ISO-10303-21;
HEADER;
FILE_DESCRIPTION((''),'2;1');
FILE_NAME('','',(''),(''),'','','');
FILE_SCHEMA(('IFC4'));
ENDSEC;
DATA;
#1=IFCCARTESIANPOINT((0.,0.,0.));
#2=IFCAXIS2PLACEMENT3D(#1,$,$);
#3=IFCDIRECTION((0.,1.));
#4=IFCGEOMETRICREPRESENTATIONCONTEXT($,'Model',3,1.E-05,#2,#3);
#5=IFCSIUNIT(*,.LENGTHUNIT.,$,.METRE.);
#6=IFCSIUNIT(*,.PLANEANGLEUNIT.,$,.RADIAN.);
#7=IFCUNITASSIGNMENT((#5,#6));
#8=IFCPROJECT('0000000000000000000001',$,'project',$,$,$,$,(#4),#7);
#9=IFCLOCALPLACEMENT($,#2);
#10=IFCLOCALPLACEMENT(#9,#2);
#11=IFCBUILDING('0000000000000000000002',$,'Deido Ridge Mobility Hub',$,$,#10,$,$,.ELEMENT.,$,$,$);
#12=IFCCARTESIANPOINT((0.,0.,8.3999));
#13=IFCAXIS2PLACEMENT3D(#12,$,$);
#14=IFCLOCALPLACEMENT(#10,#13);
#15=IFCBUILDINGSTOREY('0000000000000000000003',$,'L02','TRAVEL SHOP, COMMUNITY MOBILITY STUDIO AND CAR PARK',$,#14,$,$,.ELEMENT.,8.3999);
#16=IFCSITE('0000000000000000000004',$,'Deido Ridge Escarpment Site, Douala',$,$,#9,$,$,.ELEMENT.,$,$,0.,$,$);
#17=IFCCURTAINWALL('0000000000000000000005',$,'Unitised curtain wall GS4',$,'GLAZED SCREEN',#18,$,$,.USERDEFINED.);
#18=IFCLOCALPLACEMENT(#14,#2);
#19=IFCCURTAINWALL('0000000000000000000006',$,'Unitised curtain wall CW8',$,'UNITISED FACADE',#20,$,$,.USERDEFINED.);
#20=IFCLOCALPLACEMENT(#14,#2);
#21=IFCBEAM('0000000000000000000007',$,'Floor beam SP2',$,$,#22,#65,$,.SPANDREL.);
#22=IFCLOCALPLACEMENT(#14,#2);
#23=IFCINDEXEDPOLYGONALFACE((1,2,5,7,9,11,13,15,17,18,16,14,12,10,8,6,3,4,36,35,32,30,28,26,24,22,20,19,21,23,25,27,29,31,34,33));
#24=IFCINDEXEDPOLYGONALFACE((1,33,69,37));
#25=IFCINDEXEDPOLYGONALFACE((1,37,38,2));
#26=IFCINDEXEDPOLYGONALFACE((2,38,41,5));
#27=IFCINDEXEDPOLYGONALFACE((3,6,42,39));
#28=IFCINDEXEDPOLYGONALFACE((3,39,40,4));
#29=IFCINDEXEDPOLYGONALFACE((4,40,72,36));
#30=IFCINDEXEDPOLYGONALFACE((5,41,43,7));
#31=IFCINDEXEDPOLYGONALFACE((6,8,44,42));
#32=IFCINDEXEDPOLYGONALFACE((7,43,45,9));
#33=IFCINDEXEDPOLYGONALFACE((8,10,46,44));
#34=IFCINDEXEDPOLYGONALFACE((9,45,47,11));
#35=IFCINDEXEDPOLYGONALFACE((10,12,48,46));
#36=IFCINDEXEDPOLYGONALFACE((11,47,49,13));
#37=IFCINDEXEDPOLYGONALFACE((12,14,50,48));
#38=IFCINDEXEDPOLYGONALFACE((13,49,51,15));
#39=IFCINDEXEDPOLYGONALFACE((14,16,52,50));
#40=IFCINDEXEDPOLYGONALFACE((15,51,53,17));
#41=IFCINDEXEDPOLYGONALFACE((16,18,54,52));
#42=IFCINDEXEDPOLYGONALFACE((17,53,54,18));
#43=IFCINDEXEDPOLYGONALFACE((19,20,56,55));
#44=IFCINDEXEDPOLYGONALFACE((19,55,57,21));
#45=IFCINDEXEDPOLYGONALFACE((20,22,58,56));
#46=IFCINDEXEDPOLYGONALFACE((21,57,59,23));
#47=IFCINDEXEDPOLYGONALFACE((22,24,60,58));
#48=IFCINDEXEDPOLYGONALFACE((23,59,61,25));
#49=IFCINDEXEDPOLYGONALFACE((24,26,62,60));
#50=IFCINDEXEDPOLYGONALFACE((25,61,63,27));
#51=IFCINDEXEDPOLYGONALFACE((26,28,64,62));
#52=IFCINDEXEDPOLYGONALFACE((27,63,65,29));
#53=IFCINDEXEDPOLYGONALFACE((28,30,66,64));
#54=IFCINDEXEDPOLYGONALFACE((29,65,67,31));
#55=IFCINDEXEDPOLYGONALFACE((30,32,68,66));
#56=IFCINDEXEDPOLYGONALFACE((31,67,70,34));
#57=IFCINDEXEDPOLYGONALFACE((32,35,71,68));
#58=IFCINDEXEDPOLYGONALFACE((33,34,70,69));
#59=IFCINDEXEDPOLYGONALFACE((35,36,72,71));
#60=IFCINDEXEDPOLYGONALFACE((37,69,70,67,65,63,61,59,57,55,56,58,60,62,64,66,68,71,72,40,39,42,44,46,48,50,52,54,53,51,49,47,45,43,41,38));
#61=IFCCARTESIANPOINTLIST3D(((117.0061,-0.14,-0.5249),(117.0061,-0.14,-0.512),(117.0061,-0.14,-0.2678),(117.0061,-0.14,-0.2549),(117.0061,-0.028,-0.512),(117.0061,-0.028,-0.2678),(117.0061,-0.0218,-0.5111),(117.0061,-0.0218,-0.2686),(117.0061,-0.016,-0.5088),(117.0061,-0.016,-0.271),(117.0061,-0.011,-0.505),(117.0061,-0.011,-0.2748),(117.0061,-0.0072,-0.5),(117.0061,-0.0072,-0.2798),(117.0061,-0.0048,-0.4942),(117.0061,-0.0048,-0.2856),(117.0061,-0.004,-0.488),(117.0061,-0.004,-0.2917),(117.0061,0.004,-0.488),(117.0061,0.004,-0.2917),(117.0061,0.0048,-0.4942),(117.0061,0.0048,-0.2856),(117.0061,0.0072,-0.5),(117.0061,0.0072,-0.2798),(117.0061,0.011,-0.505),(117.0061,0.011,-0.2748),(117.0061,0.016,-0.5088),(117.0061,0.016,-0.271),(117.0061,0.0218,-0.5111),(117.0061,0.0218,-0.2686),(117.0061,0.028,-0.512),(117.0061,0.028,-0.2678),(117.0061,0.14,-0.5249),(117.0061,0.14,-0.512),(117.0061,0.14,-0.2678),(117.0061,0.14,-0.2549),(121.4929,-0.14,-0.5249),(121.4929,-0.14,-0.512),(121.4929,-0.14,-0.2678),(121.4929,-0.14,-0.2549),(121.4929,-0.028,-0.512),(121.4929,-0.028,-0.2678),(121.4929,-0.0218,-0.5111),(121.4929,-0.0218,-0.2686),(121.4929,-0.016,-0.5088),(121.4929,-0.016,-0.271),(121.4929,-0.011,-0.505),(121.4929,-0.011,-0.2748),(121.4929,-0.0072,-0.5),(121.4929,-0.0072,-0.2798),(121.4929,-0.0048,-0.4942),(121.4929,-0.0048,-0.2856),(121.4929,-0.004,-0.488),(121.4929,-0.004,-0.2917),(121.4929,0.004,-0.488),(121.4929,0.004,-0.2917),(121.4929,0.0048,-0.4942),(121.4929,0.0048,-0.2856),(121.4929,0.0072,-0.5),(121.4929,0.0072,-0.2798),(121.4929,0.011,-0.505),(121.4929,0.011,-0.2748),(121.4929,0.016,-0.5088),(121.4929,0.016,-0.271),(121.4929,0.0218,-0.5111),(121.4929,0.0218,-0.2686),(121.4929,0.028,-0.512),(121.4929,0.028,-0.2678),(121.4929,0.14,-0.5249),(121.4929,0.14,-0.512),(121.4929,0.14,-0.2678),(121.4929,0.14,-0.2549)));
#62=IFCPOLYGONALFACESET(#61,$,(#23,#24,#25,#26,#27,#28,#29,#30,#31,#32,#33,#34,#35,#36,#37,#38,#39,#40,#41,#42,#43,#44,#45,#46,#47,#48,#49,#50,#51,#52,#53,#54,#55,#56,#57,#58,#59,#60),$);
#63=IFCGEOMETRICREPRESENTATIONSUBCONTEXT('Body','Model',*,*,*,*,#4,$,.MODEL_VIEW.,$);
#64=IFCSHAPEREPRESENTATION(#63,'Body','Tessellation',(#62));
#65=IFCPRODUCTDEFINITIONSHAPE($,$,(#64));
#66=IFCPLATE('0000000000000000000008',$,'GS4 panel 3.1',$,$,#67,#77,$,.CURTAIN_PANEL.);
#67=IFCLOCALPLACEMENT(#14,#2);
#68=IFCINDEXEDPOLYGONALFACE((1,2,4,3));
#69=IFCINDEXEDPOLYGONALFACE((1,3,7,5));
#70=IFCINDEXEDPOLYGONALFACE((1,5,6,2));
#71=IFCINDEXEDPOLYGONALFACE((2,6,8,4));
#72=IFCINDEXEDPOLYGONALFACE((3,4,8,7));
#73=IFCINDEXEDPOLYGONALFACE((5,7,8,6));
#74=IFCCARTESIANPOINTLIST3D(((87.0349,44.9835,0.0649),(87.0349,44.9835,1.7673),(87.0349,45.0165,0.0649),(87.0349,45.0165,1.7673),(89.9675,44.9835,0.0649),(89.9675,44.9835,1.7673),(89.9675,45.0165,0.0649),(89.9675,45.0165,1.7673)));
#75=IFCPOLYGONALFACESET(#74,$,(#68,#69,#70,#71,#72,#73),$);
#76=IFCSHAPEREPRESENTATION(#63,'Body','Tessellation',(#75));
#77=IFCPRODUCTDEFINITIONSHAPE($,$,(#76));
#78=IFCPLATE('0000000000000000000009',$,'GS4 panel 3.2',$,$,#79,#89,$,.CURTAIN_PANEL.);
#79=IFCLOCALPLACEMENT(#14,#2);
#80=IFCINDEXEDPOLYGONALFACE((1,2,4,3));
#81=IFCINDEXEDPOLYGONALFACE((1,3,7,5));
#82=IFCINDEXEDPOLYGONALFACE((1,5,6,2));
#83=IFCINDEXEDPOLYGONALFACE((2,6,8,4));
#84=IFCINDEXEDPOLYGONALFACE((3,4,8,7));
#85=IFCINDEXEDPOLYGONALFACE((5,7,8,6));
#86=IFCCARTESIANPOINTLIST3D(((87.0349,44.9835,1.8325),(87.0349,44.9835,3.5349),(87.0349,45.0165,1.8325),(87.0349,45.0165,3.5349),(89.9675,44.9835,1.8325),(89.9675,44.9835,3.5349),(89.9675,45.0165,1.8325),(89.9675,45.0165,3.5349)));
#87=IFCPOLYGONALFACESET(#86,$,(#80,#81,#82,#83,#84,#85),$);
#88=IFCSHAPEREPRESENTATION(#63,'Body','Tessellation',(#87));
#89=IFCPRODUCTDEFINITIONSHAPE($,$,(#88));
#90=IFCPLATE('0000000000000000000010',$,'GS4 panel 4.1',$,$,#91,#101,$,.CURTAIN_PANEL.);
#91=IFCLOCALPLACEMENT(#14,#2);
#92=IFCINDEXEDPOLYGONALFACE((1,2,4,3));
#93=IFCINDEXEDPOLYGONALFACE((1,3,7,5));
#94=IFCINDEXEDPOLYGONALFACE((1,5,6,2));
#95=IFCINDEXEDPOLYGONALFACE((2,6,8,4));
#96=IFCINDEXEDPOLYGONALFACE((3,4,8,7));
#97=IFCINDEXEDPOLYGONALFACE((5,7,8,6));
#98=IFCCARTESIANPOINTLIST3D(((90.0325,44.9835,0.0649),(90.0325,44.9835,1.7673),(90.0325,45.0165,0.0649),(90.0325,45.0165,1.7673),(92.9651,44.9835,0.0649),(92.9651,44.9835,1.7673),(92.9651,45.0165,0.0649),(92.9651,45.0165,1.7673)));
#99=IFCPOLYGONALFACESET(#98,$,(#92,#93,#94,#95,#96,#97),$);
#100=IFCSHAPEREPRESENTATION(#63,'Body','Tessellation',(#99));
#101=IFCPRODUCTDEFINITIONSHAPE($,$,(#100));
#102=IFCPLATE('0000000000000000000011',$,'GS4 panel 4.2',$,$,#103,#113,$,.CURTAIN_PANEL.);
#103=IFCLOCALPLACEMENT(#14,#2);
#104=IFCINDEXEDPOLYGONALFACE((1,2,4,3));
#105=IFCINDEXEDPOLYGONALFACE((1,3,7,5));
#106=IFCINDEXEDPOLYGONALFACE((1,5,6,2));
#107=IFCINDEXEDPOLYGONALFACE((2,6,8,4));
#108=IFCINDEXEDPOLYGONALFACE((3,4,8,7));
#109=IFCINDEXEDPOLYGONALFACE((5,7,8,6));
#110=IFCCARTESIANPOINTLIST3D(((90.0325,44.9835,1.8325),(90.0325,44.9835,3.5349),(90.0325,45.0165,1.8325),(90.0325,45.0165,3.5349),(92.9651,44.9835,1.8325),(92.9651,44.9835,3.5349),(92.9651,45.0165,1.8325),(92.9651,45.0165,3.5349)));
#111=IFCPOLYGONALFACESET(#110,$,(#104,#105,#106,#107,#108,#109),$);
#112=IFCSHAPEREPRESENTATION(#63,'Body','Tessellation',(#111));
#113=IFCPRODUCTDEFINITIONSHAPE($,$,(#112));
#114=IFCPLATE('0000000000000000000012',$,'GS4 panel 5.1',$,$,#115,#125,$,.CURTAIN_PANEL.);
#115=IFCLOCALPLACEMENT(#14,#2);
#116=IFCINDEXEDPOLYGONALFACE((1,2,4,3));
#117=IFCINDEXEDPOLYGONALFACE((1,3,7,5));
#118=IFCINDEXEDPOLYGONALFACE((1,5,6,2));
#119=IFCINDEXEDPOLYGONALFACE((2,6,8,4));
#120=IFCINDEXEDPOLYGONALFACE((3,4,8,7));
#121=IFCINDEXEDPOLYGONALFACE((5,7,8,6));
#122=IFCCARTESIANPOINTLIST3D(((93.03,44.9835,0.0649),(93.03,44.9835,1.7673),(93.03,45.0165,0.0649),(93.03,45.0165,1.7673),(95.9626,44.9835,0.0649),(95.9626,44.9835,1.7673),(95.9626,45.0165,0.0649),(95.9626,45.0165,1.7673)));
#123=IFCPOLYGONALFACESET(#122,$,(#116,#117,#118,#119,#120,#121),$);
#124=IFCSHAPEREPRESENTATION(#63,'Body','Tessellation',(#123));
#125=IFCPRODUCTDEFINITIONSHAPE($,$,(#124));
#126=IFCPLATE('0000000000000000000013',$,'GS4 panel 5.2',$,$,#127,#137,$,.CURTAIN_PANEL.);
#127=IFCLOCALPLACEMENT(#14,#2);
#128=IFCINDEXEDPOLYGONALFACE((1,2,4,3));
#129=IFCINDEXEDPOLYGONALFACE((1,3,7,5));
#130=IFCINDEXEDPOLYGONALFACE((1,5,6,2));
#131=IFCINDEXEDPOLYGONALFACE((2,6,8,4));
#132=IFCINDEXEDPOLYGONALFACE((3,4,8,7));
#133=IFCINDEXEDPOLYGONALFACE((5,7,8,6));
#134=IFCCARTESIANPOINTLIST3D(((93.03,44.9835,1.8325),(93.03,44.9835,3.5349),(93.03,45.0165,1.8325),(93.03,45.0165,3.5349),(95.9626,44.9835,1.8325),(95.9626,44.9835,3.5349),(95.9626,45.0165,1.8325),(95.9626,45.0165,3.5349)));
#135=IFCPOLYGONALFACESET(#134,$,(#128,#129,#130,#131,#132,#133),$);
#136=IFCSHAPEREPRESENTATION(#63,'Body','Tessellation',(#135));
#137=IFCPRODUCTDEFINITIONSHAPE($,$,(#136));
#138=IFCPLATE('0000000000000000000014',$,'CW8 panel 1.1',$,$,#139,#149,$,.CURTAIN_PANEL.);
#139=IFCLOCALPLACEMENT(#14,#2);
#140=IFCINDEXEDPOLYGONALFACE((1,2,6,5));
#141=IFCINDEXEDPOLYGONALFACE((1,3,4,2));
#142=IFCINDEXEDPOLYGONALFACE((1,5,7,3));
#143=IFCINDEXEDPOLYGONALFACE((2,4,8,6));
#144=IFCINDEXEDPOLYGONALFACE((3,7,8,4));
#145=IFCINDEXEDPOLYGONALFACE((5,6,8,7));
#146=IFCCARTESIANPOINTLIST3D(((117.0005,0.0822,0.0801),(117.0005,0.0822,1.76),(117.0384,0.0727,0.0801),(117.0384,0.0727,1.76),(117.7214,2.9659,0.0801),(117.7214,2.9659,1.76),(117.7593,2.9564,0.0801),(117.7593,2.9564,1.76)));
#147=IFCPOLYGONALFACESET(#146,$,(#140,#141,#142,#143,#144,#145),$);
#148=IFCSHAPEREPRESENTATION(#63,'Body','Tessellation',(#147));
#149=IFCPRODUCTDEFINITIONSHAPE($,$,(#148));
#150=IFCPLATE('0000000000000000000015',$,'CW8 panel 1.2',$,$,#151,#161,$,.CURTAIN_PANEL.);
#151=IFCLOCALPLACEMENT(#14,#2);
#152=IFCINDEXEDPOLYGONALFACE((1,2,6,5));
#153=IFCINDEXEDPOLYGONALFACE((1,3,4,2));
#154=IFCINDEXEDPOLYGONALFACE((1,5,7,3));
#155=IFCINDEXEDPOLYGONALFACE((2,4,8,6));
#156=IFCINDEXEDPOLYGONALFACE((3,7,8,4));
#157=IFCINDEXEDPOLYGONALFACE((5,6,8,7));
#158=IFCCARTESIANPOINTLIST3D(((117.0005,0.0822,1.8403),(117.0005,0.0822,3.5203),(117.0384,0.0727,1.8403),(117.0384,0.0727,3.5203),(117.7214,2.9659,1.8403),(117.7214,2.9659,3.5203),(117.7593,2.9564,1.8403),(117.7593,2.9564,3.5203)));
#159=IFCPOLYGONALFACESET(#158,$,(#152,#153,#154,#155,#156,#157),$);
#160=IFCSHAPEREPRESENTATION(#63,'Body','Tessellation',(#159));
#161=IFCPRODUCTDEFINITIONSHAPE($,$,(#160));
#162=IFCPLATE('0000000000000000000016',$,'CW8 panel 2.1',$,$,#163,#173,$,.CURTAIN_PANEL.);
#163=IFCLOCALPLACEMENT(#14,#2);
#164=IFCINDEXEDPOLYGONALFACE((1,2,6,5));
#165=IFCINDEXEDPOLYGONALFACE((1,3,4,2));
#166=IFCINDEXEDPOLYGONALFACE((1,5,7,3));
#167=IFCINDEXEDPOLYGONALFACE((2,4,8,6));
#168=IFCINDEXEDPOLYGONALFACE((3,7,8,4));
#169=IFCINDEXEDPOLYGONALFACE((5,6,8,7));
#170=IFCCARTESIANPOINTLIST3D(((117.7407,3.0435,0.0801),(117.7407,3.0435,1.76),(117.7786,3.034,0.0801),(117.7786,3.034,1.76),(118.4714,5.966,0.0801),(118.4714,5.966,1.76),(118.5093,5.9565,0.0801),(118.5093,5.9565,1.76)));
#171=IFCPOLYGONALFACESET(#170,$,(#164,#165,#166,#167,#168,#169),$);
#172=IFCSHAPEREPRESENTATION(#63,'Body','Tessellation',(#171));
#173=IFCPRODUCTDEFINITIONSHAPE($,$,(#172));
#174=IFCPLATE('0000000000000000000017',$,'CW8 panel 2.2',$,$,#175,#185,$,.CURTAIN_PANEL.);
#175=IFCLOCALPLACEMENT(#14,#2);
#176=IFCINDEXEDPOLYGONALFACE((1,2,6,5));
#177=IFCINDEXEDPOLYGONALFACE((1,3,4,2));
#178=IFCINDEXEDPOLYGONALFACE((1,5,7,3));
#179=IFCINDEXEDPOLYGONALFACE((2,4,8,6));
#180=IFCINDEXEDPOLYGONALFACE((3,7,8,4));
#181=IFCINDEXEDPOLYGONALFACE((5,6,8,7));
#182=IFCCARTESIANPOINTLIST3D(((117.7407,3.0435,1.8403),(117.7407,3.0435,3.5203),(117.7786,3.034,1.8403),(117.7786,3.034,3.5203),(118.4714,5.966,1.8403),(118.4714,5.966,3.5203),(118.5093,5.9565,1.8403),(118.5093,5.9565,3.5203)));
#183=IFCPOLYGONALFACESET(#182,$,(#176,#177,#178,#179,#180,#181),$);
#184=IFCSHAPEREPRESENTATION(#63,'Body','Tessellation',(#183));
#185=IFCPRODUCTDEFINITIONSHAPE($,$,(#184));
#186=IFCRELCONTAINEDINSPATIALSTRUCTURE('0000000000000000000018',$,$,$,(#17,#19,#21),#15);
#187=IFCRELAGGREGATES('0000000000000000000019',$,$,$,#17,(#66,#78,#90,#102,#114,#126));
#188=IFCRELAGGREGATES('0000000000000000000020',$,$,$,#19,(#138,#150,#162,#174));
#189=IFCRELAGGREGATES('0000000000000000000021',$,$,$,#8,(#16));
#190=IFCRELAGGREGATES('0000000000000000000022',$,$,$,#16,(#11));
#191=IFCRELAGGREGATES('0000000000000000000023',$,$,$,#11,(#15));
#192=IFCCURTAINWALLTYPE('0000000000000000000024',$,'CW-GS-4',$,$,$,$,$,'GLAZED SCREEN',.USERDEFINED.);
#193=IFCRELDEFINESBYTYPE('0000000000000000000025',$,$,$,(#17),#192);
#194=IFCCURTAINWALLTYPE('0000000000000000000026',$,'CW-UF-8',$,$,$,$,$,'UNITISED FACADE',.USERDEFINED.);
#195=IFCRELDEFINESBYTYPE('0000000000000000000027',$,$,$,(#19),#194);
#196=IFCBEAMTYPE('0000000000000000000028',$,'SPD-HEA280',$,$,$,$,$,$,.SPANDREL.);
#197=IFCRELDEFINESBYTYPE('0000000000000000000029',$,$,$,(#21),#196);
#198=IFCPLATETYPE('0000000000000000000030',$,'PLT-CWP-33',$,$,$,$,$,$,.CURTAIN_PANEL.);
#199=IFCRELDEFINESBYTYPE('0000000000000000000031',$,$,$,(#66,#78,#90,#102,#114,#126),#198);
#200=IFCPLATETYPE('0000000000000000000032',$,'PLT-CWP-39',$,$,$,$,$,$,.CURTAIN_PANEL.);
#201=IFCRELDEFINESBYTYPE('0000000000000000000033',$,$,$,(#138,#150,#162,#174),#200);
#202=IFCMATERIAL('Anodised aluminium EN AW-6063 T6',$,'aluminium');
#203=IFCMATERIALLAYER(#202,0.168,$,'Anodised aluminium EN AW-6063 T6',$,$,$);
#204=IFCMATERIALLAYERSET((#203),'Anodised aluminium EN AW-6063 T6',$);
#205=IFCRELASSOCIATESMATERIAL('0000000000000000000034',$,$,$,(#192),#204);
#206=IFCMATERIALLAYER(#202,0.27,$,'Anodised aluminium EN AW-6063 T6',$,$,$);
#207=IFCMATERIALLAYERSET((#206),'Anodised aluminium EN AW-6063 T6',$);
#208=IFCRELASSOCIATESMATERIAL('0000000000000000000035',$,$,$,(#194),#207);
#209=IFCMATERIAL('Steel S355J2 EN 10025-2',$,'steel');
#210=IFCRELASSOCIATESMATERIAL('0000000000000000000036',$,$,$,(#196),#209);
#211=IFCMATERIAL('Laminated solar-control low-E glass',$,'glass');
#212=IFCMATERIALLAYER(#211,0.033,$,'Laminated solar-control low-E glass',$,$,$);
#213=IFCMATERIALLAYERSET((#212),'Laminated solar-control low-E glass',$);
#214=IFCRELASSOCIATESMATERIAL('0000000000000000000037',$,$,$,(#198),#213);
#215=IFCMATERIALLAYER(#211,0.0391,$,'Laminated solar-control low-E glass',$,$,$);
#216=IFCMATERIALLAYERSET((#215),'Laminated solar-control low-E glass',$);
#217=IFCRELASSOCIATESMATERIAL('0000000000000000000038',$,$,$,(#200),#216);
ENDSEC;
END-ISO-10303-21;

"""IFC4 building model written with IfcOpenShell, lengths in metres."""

from ifc_helpers import new_model, si_unit, direction, frame, origin, origin_2d, place, context, subcontext, project, spatial, rectangle, i_section, extrude, material, layer, layer_set, material_profile, profile_set, type_object, element, aggregate, save


model = new_model("IFC4")

# Units and contexts
model_context = context("Model", 3, precision=1e-05, world=origin(), true_north=direction((0.0, 1.0)))
body_context = subcontext(model_context, "Body", "Model", "MODEL_VIEW")
ifc_project = project(units=[si_unit("LENGTHUNIT", "METRE"), si_unit("PLANEANGLEUNIT", "RADIAN")], contexts=[model_context])

# Site, building, storey
site_placement = place(None, origin())
site = spatial("IfcSite", under=ifc_project, at=site_placement, Name="Deido Ridge Escarpment Site, Douala", CompositionType="ELEMENT", RefElevation=0.0)
building_placement = place(site_placement, origin())
building = spatial("IfcBuilding", under=site, at=building_placement, Name="Deido Ridge Mobility Hub", CompositionType="ELEMENT")
storey_placement = place(building_placement, frame((0.0, 0.0, 8.3999)))
storey = spatial("IfcBuildingStorey", under=building, at=storey_placement, Name="L02", Description="TRAVEL SHOP, COMMUNITY MOBILITY STUDIO AND CAR PARK", CompositionType="ELEMENT", Elevation=8.3999)

# Shared definitions
ifc_material_1 = material(Name="Steel S355J2 EN 10025-2", Category="steel")

# Curtain walls
ifc_material_2 = material(Name="Anodised aluminium EN AW-6063 T6", Category="aluminium")
ifc_layer_1 = layer(ifc_material_2, 0.168, Name="Anodised aluminium EN AW-6063 T6")
ifc_layer_set_1 = layer_set([ifc_layer_1], Name="Anodised aluminium EN AW-6063 T6")
curtain_wall_type_1 = type_object("IfcCurtainWallType", Name="CW-GS-4", ElementType="GLAZED SCREEN", PredefinedType="USERDEFINED", material=ifc_layer_set_1)
curtain_wall_1_placement = place(storey_placement, origin())
curtain_wall_1 = element("IfcCurtainWall", 1, at=curtain_wall_1_placement, inside=storey, type_object=curtain_wall_type_1, Name="Unitised curtain wall GS4", ObjectType="GLAZED SCREEN", PredefinedType="USERDEFINED")
ifc_layer_2 = layer(ifc_material_2, 0.27, Name="Anodised aluminium EN AW-6063 T6")
ifc_layer_set_2 = layer_set([ifc_layer_2], Name="Anodised aluminium EN AW-6063 T6")
curtain_wall_type_2 = type_object("IfcCurtainWallType", Name="CW-UF-8", ElementType="UNITISED FACADE", PredefinedType="USERDEFINED", material=ifc_layer_set_2)
curtain_wall_2_placement = place(storey_placement, origin())
curtain_wall_2 = element("IfcCurtainWall", 2, at=curtain_wall_2_placement, inside=storey, type_object=curtain_wall_type_2, Name="Unitised curtain wall CW8", ObjectType="UNITISED FACADE", PredefinedType="USERDEFINED")

# Beam
ifc_material_profile_1 = material_profile(ifc_material_1, i_section(OverallWidth=0.28, OverallDepth=0.27, WebThickness=0.0081, FlangeThickness=0.0129, FilletRadius=0.0239, at=origin_2d()), Name="HEA 280")
ifc_profile_set_1 = profile_set([ifc_material_profile_1], Name="Steel S355J2 EN 10025-2")
beam_type = type_object("IfcBeamType", Name="SPD-HEA280", PredefinedType="SPANDREL", material=ifc_profile_set_1)
beam_placement = place(storey_placement, frame((117.0061, 0.0, -0.3899), z_axis=(1.0, 0.0, 0.0), x_axis=(0.0, 1.0, 0.0)))
element("IfcBeam", 3, at=beam_placement, inside=storey, type_object=beam_type, Name="Floor beam SP2", PredefinedType="SPANDREL", context=body_context, shape_type="SweptSolid", body=[
    extrude(i_section(OverallWidth=0.28, OverallDepth=0.27, WebThickness=0.0081, FlangeThickness=0.0129, FilletRadius=0.0239, at=origin_2d()), origin(), (0.0, 0.0, 1.0), 4.4868),
])

# Plates
ifc_material_3 = material(Name="Laminated solar-control low-E glass", Category="glass")
ifc_layer_3 = layer(ifc_material_3, 0.033, Name="Laminated solar-control low-E glass")
ifc_layer_set_3 = layer_set([ifc_layer_3], Name="Laminated solar-control low-E glass")
plate_type_1 = type_object("IfcPlateType", Name="PLT-CWP-33", PredefinedType="CURTAIN_PANEL", material=ifc_layer_set_3)
plate_1_placement = place(storey_placement, frame((88.5012, 45.0, 0.0649), z_axis=(0.0, 0.0, 1.0), x_axis=(1.0, 0.0, 0.0)))
plate_1 = element("IfcPlate", 4, at=plate_1_placement, type_object=plate_type_1, Name="GS4 panel 3.1", PredefinedType="CURTAIN_PANEL", context=body_context, shape_type="SweptSolid", body=[
    extrude(rectangle(XDim=2.9326, YDim=0.033, at=origin_2d()), origin(), (0.0, 0.0, 1.0), 1.7024),
])
plate_2_placement = place(storey_placement, frame((88.5012, 45.0, 1.8325), z_axis=(0.0, 0.0, 1.0), x_axis=(1.0, 0.0, 0.0)))
plate_2 = element("IfcPlate", 5, at=plate_2_placement, type_object=plate_type_1, Name="GS4 panel 3.2", PredefinedType="CURTAIN_PANEL", context=body_context, shape_type="SweptSolid", body=[
    extrude(rectangle(XDim=2.9326, YDim=0.033, at=origin_2d()), origin(), (0.0, 0.0, 1.0), 1.7024),
])
plate_3_placement = place(storey_placement, frame((91.4988, 45.0, 0.0649), z_axis=(0.0, 0.0, 1.0), x_axis=(1.0, 0.0, 0.0)))
plate_3 = element("IfcPlate", 6, at=plate_3_placement, type_object=plate_type_1, Name="GS4 panel 4.1", PredefinedType="CURTAIN_PANEL", context=body_context, shape_type="SweptSolid", body=[
    extrude(rectangle(XDim=2.9326, YDim=0.033, at=origin_2d()), origin(), (0.0, 0.0, 1.0), 1.7024),
])
plate_4_placement = place(storey_placement, frame((91.4988, 45.0, 1.8325), z_axis=(0.0, 0.0, 1.0), x_axis=(1.0, 0.0, 0.0)))
plate_4 = element("IfcPlate", 7, at=plate_4_placement, type_object=plate_type_1, Name="GS4 panel 4.2", PredefinedType="CURTAIN_PANEL", context=body_context, shape_type="SweptSolid", body=[
    extrude(rectangle(XDim=2.9326, YDim=0.033, at=origin_2d()), origin(), (0.0, 0.0, 1.0), 1.7024),
])
plate_5_placement = place(storey_placement, frame((94.4963, 45.0, 0.0649), z_axis=(0.0, 0.0, 1.0), x_axis=(1.0, 0.0, 0.0)))
plate_5 = element("IfcPlate", 8, at=plate_5_placement, type_object=plate_type_1, Name="GS4 panel 5.1", PredefinedType="CURTAIN_PANEL", context=body_context, shape_type="SweptSolid", body=[
    extrude(rectangle(XDim=2.9326, YDim=0.033, at=origin_2d()), origin(), (0.0, 0.0, 1.0), 1.7024),
])
plate_6_placement = place(storey_placement, frame((94.4963, 45.0, 1.8325), z_axis=(0.0, 0.0, 1.0), x_axis=(1.0, 0.0, 0.0)))
plate_6 = element("IfcPlate", 9, at=plate_6_placement, type_object=plate_type_1, Name="GS4 panel 5.2", PredefinedType="CURTAIN_PANEL", context=body_context, shape_type="SweptSolid", body=[
    extrude(rectangle(XDim=2.9326, YDim=0.033, at=origin_2d()), origin(), (0.0, 0.0, 1.0), 1.7024),
])
aggregate(curtain_wall_1, [plate_1, plate_2, plate_3, plate_4, plate_5, plate_6])
ifc_layer_4 = layer(ifc_material_3, 0.0391, Name="Laminated solar-control low-E glass")
ifc_layer_set_4 = layer_set([ifc_layer_4], Name="Laminated solar-control low-E glass")
plate_type_2 = type_object("IfcPlateType", Name="PLT-CWP-39", PredefinedType="CURTAIN_PANEL", material=ifc_layer_set_4)
plate_7_placement = place(storey_placement, frame((117.3799, 1.5193, 0.0801), z_axis=(0.0, 0.0, 1.0), x_axis=(0.242536, 0.970143, 0.0)))
plate_7 = element("IfcPlate", 10, at=plate_7_placement, type_object=plate_type_2, Name="CW8 panel 1.1", PredefinedType="CURTAIN_PANEL", context=body_context, shape_type="SweptSolid", body=[
    extrude(rectangle(XDim=2.9724, YDim=0.0391, at=origin_2d()), origin(), (0.0, 0.0, 1.0), 1.6799),
])
plate_8_placement = place(storey_placement, frame((117.3799, 1.5193, 1.8403), z_axis=(0.0, 0.0, 1.0), x_axis=(0.242536, 0.970143, 0.0)))
plate_8 = element("IfcPlate", 11, at=plate_8_placement, type_object=plate_type_2, Name="CW8 panel 1.2", PredefinedType="CURTAIN_PANEL", context=body_context, shape_type="SweptSolid", body=[
    extrude(rectangle(XDim=2.9724, YDim=0.0391, at=origin_2d()), origin(), (0.0, 0.0, 1.0), 1.6799),
])
plate_9_placement = place(storey_placement, frame((118.125, 4.5, 0.0801), z_axis=(0.0, 0.0, 1.0), x_axis=(0.242536, 0.970143, 0.0)))
plate_9 = element("IfcPlate", 12, at=plate_9_placement, type_object=plate_type_2, Name="CW8 panel 2.1", PredefinedType="CURTAIN_PANEL", context=body_context, shape_type="SweptSolid", body=[
    extrude(rectangle(XDim=3.0125, YDim=0.0391, at=origin_2d()), origin(), (0.0, 0.0, 1.0), 1.6799),
])
plate_10_placement = place(storey_placement, frame((118.125, 4.5, 1.8403), z_axis=(0.0, 0.0, 1.0), x_axis=(0.242536, 0.970143, 0.0)))
plate_10 = element("IfcPlate", 13, at=plate_10_placement, type_object=plate_type_2, Name="CW8 panel 2.2", PredefinedType="CURTAIN_PANEL", context=body_context, shape_type="SweptSolid", body=[
    extrude(rectangle(XDim=3.0125, YDim=0.0391, at=origin_2d()), origin(), (0.0, 0.0, 1.0), 1.6799),
])
aggregate(curtain_wall_2, [plate_7, plate_8, plate_9, plate_10])

save(model, "model.ifc")
